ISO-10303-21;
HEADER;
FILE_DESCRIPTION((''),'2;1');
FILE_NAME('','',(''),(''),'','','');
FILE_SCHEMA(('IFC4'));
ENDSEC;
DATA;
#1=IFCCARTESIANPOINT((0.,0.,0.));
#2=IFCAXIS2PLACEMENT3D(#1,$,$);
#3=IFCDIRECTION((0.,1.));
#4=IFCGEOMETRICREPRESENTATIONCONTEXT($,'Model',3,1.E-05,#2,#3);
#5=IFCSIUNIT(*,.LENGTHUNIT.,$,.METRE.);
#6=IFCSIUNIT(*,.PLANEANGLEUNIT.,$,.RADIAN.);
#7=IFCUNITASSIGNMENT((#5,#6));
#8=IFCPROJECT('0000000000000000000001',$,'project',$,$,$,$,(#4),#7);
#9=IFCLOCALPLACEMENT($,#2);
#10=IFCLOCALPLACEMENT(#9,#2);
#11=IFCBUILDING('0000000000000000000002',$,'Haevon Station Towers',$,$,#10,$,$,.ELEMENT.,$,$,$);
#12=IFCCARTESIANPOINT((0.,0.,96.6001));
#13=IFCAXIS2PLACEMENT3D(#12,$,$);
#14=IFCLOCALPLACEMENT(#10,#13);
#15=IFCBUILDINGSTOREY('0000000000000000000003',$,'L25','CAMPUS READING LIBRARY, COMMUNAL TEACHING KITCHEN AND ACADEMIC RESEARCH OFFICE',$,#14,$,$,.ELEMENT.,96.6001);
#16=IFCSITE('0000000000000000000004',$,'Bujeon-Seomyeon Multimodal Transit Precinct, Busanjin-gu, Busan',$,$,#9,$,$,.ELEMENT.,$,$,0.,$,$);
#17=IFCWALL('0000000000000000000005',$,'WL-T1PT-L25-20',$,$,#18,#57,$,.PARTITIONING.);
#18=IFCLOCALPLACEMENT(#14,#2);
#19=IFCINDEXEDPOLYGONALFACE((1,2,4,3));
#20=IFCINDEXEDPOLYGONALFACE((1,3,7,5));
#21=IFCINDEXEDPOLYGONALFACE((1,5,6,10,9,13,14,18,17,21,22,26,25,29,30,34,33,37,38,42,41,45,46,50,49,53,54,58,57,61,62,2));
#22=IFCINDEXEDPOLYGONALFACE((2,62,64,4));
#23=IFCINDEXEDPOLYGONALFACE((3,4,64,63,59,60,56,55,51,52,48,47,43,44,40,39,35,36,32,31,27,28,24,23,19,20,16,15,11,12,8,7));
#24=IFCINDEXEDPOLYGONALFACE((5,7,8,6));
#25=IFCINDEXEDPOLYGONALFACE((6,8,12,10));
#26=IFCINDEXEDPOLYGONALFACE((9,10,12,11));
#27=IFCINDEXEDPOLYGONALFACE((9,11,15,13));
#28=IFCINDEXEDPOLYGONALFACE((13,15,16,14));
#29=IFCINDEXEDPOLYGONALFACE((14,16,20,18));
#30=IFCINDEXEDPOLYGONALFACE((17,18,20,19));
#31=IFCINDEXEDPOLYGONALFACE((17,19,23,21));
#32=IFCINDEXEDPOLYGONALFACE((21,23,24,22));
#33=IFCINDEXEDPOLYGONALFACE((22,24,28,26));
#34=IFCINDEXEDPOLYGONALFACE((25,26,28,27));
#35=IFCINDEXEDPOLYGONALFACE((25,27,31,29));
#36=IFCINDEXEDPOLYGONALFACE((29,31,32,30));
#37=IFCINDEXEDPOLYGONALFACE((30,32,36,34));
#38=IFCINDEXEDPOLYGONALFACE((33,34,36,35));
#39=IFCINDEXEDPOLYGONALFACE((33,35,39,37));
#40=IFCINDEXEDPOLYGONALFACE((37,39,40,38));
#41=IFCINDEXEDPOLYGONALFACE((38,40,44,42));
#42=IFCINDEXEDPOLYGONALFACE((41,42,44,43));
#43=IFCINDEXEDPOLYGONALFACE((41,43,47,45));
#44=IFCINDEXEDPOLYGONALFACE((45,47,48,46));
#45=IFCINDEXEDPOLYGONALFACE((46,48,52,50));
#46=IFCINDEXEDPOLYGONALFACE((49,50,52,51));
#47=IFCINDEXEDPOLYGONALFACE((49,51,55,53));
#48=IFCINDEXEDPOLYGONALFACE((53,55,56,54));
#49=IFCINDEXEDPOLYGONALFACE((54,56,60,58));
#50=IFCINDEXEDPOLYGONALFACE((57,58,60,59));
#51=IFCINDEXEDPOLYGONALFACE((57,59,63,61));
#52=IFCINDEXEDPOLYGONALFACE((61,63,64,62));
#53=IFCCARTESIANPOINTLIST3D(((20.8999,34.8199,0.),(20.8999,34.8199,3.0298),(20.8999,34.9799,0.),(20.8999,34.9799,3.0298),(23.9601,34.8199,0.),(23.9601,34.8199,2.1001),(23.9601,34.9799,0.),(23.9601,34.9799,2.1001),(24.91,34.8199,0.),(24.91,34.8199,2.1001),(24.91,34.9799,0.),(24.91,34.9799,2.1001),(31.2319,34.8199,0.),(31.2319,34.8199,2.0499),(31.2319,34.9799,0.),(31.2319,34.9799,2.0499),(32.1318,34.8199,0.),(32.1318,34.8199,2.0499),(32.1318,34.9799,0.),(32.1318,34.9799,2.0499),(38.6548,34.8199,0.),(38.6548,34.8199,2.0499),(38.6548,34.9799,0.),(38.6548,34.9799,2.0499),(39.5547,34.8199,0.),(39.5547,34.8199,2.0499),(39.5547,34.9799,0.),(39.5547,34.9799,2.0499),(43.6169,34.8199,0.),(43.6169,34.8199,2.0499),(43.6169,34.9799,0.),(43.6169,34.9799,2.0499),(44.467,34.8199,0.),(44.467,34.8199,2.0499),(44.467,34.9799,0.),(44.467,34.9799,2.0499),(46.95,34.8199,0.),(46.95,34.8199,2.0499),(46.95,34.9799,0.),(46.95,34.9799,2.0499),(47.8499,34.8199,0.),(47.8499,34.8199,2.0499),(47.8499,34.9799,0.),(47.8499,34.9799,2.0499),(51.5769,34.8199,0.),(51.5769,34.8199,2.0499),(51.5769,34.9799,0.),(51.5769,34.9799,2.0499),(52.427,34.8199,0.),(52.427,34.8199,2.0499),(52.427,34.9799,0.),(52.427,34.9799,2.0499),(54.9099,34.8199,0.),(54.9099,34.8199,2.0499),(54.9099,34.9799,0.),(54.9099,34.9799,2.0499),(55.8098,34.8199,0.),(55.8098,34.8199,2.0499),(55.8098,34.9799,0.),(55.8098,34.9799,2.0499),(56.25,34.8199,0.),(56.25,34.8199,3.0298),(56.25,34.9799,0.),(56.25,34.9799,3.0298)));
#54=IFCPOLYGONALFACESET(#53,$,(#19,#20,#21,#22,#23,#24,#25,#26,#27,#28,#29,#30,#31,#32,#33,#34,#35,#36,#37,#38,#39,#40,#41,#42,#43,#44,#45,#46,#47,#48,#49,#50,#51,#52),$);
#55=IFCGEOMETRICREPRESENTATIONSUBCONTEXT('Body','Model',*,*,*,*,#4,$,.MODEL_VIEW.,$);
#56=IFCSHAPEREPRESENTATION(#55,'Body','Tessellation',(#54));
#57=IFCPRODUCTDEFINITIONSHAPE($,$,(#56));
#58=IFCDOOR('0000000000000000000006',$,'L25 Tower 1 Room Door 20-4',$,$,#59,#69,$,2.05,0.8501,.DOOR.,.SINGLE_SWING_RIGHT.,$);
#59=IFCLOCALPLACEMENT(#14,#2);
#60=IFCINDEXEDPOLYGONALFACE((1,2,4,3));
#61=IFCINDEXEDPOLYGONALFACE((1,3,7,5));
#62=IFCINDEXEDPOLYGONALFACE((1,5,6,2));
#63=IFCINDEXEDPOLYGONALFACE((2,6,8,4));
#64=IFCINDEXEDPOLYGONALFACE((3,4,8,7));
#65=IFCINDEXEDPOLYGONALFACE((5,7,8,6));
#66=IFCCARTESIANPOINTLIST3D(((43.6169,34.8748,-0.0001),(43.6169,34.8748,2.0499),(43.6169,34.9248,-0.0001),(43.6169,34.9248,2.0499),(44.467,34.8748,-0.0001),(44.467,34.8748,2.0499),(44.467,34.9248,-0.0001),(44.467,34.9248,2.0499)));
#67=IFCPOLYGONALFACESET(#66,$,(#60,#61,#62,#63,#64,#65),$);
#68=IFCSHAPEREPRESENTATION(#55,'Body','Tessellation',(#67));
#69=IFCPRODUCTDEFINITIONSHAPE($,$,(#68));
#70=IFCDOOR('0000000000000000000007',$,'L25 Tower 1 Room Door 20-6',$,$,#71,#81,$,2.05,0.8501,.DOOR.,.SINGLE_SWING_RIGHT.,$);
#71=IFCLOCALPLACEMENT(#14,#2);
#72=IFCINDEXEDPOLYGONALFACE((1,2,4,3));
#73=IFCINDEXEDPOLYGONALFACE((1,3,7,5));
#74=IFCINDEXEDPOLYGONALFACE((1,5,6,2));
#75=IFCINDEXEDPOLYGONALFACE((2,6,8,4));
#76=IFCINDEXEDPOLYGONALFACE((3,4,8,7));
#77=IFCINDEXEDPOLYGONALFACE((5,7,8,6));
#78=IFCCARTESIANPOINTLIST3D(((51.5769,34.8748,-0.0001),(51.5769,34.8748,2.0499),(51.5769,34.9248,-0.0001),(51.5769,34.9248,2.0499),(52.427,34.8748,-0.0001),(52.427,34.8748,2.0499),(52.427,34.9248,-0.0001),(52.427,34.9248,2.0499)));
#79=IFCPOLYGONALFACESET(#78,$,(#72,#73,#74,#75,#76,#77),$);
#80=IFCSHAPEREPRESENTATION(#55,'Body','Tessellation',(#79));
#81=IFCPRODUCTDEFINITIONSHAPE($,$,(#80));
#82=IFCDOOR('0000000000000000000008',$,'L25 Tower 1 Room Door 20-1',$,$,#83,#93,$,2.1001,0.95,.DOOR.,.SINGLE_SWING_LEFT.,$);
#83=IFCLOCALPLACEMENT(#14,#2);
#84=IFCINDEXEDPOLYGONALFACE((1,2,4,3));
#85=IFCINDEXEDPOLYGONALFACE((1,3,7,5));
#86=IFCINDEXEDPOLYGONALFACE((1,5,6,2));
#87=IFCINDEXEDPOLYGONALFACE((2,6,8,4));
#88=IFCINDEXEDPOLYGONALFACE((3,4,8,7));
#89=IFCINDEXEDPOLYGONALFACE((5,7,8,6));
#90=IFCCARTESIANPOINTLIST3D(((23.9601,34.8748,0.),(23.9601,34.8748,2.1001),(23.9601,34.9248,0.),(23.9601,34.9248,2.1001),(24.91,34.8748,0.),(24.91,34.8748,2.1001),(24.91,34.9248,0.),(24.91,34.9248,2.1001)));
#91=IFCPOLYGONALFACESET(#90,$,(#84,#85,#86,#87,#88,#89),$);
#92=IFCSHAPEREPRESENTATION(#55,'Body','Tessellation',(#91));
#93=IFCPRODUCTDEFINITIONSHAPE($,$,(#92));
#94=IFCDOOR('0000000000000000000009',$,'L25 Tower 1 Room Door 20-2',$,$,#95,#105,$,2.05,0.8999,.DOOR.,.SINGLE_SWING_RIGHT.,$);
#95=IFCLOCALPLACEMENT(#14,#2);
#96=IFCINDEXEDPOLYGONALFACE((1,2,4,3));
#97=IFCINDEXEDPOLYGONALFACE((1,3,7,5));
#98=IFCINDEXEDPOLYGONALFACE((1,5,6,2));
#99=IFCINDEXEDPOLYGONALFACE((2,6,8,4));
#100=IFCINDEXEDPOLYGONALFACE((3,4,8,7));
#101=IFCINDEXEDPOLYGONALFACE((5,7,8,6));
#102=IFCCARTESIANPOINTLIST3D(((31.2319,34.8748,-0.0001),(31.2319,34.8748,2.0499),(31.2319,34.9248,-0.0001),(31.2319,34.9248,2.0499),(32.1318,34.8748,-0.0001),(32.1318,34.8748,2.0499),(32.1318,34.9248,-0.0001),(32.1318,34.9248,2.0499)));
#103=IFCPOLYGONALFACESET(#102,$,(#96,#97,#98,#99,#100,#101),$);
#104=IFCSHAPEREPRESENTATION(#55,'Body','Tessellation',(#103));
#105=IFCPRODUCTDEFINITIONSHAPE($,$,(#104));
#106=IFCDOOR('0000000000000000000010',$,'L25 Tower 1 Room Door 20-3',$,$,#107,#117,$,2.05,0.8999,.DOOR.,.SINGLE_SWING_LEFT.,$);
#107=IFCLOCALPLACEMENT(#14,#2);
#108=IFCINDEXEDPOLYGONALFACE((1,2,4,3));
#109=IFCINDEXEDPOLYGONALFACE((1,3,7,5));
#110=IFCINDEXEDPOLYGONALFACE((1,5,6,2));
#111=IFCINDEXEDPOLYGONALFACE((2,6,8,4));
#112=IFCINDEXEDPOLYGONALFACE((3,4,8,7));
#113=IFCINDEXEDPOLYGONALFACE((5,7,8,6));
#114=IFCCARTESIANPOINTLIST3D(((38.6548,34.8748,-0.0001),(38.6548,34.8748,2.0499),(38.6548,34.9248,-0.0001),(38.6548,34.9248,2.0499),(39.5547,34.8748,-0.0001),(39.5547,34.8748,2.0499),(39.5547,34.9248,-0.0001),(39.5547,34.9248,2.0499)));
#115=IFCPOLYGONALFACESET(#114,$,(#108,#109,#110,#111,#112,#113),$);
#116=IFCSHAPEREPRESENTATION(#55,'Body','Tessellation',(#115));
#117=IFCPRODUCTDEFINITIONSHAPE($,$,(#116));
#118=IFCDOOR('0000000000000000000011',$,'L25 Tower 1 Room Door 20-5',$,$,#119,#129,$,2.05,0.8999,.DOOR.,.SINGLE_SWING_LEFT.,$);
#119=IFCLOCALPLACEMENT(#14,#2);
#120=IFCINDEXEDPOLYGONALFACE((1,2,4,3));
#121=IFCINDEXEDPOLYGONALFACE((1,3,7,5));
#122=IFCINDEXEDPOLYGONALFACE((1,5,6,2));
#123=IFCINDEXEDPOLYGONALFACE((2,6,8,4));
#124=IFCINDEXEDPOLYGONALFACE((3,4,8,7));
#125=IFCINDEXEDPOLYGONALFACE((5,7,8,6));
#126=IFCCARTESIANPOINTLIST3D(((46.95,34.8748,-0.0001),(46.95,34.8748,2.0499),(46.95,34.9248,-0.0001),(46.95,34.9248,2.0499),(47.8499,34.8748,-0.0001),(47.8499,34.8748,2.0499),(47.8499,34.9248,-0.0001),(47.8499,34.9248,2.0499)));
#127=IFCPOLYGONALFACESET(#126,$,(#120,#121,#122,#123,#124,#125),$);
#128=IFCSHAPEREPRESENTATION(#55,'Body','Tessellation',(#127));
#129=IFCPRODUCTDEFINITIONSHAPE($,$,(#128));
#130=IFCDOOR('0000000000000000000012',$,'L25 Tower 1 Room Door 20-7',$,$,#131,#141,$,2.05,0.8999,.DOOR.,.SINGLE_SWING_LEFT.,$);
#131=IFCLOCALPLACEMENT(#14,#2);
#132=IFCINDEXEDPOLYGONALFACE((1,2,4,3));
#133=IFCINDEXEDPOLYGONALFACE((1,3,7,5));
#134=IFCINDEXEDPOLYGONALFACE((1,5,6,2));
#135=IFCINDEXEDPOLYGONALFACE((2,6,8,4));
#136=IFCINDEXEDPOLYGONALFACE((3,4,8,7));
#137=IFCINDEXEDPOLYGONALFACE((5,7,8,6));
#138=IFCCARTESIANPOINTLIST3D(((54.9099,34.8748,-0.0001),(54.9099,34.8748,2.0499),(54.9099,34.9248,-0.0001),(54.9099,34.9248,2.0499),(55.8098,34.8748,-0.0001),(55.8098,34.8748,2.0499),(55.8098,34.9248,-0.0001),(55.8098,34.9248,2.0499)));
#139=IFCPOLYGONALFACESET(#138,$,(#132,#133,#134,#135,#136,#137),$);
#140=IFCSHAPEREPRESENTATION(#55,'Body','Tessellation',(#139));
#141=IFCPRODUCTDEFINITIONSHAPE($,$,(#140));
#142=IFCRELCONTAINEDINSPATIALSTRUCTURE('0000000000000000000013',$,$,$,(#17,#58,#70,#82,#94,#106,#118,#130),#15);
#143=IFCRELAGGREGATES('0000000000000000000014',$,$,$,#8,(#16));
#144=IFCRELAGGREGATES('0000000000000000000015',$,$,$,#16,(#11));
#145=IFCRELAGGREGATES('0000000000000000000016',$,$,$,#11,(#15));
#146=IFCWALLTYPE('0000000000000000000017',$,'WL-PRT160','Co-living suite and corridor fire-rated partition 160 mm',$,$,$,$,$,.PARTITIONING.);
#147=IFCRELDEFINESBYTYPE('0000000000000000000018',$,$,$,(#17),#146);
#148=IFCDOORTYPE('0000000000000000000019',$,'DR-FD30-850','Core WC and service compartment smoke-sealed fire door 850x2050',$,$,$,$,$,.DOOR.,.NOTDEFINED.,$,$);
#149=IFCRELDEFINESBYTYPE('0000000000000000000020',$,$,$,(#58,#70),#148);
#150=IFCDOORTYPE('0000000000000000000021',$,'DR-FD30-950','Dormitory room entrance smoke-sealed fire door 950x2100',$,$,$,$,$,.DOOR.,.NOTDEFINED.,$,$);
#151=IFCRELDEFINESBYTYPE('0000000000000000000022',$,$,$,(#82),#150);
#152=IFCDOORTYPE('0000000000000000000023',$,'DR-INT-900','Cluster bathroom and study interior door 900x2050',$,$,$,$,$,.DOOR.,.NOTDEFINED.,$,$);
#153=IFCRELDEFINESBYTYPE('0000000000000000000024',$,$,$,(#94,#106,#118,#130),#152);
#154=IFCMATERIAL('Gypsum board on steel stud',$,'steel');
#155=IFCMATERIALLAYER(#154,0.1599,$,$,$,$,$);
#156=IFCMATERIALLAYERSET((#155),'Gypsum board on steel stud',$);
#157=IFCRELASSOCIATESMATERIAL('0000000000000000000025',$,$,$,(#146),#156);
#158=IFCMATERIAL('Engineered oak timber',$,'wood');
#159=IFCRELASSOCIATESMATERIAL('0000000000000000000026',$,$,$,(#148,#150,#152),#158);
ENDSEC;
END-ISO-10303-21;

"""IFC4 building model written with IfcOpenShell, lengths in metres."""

from ifc_helpers import new_model, si_unit, direction, frame, frame_2d, origin, place, context, subcontext, project, spatial, rectangle, extrude, material, layer, layer_set, type_object, element, fill, save


model = new_model("IFC4")

# Units and contexts
model_context = context("Model", 3, precision=1e-05, world=origin(), true_north=direction((0.0, 1.0)))
body_context = subcontext(model_context, "Body", "Model", "MODEL_VIEW")
ifc_project = project(units=[si_unit("LENGTHUNIT", "METRE"), si_unit("PLANEANGLEUNIT", "RADIAN")], contexts=[model_context])

# Site, building, storey
site_placement = place(None, origin())
site = spatial("IfcSite", under=ifc_project, at=site_placement, Name="Bujeon-Seomyeon Multimodal Transit Precinct, Busanjin-gu, Busan", CompositionType="ELEMENT", RefElevation=0.0)
building_placement = place(site_placement, origin())
building = spatial("IfcBuilding", under=site, at=building_placement, Name="Haevon Station Towers", CompositionType="ELEMENT")
storey_placement = place(building_placement, frame((0.0, 0.0, 96.6001)))
storey = spatial("IfcBuildingStorey", under=building, at=storey_placement, Name="L25", Description="CAMPUS READING LIBRARY, COMMUNAL TEACHING KITCHEN AND ACADEMIC RESEARCH OFFICE", CompositionType="ELEMENT", Elevation=96.6001)

# Shared definitions
ifc_material_1 = material(Name="Gypsum board on steel stud", Category="steel")
ifc_material_2 = material(Name="Engineered oak timber", Category="wood")

# Shared definitions
ifc_layer_1 = layer(ifc_material_1, 0.1599)
ifc_layer_set_1 = layer_set([ifc_layer_1], Name="Gypsum board on steel stud")
wall_type_1 = type_object("IfcWallType", Name="WL-PRT160", Description="Co-living suite and corridor fire-rated partition 160 mm", PredefinedType="PARTITIONING", material=ifc_layer_set_1)

# Wall, openings, doors
wall_1_placement = place(storey_placement, frame((20.8999, 34.8999, 0.0), z_axis=(0.0, 0.0, 1.0), x_axis=(1.0, 0.0, 0.0)))
wall_1 = element("IfcWall", 1, at=wall_1_placement, inside=storey, type_object=wall_type_1, Name="WL-T1PT-L25-20", PredefinedType="PARTITIONING", context=body_context, shape_type="SweptSolid", body=[
    extrude(rectangle(XDim=35.3501, YDim=0.1599, at=frame_2d((17.675, 0.0))), origin(), (0.0, 0.0, 1.0), 3.0298),
])
opening_1_placement = place(wall_1_placement, frame((3.0601, 0.0, 0.0)))
opening_1 = element("IfcOpeningElement", 2, at=opening_1_placement, cuts=wall_1, PredefinedType="OPENING", context=body_context, shape_type="SweptSolid", body=[
    extrude(rectangle(XDim=0.95, YDim=2.1001, at=frame_2d((0.4751, 1.05))), frame((0.0, 0.0898, 0.0), z_axis=(0.0, -1.0, 0.0), x_axis=(1.0, 0.0, 0.0)), (0.0, 0.0, 1.0), 0.1799),
])
opening_2_placement = place(wall_1_placement, frame((10.332, 0.0, 0.0)))
opening_2 = element("IfcOpeningElement", 3, at=opening_2_placement, cuts=wall_1, PredefinedType="OPENING", context=body_context, shape_type="SweptSolid", body=[
    extrude(rectangle(XDim=0.8999, YDim=2.05, at=frame_2d((0.45, 1.0249))), frame((0.0, 0.0898, 0.0), z_axis=(0.0, -1.0, 0.0), x_axis=(1.0, 0.0, 0.0)), (0.0, 0.0, 1.0), 0.1799),
])
opening_3_placement = place(wall_1_placement, frame((17.7549, 0.0, 0.0)))
opening_3 = element("IfcOpeningElement", 4, at=opening_3_placement, cuts=wall_1, PredefinedType="OPENING", context=body_context, shape_type="SweptSolid", body=[
    extrude(rectangle(XDim=0.8999, YDim=2.05, at=frame_2d((0.45, 1.0249))), frame((0.0, 0.0898, 0.0), z_axis=(0.0, -1.0, 0.0), x_axis=(1.0, 0.0, 0.0)), (0.0, 0.0, 1.0), 0.1799),
])
opening_4_placement = place(wall_1_placement, frame((22.717, 0.0, 0.0)))
opening_4 = element("IfcOpeningElement", 5, at=opening_4_placement, cuts=wall_1, PredefinedType="OPENING", context=body_context, shape_type="SweptSolid", body=[
    extrude(rectangle(XDim=0.8501, YDim=2.05, at=frame_2d((0.425, 1.0249))), frame((0.0, 0.0898, 0.0), z_axis=(0.0, -1.0, 0.0), x_axis=(1.0, 0.0, 0.0)), (0.0, 0.0, 1.0), 0.1799),
])
opening_5_placement = place(wall_1_placement, frame((26.05, 0.0, 0.0)))
opening_5 = element("IfcOpeningElement", 6, at=opening_5_placement, cuts=wall_1, PredefinedType="OPENING", context=body_context, shape_type="SweptSolid", body=[
    extrude(rectangle(XDim=0.8999, YDim=2.05, at=frame_2d((0.45, 1.0249))), frame((0.0, 0.0898, 0.0), z_axis=(0.0, -1.0, 0.0), x_axis=(1.0, 0.0, 0.0)), (0.0, 0.0, 1.0), 0.1799),
])
opening_6_placement = place(wall_1_placement, frame((30.677, 0.0, 0.0)))
opening_6 = element("IfcOpeningElement", 7, at=opening_6_placement, cuts=wall_1, PredefinedType="OPENING", context=body_context, shape_type="SweptSolid", body=[
    extrude(rectangle(XDim=0.8501, YDim=2.05, at=frame_2d((0.425, 1.0249))), frame((0.0, 0.0898, 0.0), z_axis=(0.0, -1.0, 0.0), x_axis=(1.0, 0.0, 0.0)), (0.0, 0.0, 1.0), 0.1799),
])
opening_7_placement = place(wall_1_placement, frame((34.01, 0.0, 0.0)))
opening_7 = element("IfcOpeningElement", 8, at=opening_7_placement, cuts=wall_1, PredefinedType="OPENING", context=body_context, shape_type="SweptSolid", body=[
    extrude(rectangle(XDim=0.8999, YDim=2.05, at=frame_2d((0.45, 1.0249))), frame((0.0, 0.0898, 0.0), z_axis=(0.0, -1.0, 0.0), x_axis=(1.0, 0.0, 0.0)), (0.0, 0.0, 1.0), 0.1799),
])
door_type_1 = type_object("IfcDoorType", Name="DR-FD30-850", Description="Core WC and service compartment smoke-sealed fire door 850x2050", OperationType="NOTDEFINED", PredefinedType="DOOR", material=ifc_material_2)
door_1_placement = place(opening_4_placement, origin())
door_1 = element("IfcDoor", 9, at=door_1_placement, inside=storey, type_object=door_type_1, Name="L25 Tower 1 Room Door 20-4", OperationType="SINGLE_SWING_RIGHT", OverallHeight=2.05, OverallWidth=0.8501, PredefinedType="DOOR", context=body_context, shape_type="SweptSolid", body=[
    extrude(rectangle(XDim=0.8501, YDim=2.05, at=frame_2d((0.425, 1.0249))), frame((0.0, 0.0249, 0.0), z_axis=(0.0, -1.0, 0.0), x_axis=(1.0, 0.0, 0.0)), (0.0, 0.0, 1.0), 0.05),
])
fill(opening_4, door_1)
door_2_placement = place(opening_6_placement, origin())
door_2 = element("IfcDoor", 10, at=door_2_placement, inside=storey, type_object=door_type_1, Name="L25 Tower 1 Room Door 20-6", OperationType="SINGLE_SWING_RIGHT", OverallHeight=2.05, OverallWidth=0.8501, PredefinedType="DOOR", context=body_context, shape_type="SweptSolid", body=[
    extrude(rectangle(XDim=0.8501, YDim=2.05, at=frame_2d((0.425, 1.0249))), frame((0.0, 0.0249, 0.0), z_axis=(0.0, -1.0, 0.0), x_axis=(1.0, 0.0, 0.0)), (0.0, 0.0, 1.0), 0.05),
])
fill(opening_6, door_2)
door_type_2 = type_object("IfcDoorType", Name="DR-FD30-950", Description="Dormitory room entrance smoke-sealed fire door 950x2100", OperationType="NOTDEFINED", PredefinedType="DOOR", material=ifc_material_2)
door_3_placement = place(opening_1_placement, origin())
door_3 = element("IfcDoor", 11, at=door_3_placement, inside=storey, type_object=door_type_2, Name="L25 Tower 1 Room Door 20-1", OperationType="SINGLE_SWING_LEFT", OverallHeight=2.1001, OverallWidth=0.95, PredefinedType="DOOR", context=body_context, shape_type="SweptSolid", body=[
    extrude(rectangle(XDim=0.95, YDim=2.1001, at=frame_2d((0.4751, 1.05))), frame((0.0, 0.0249, 0.0), z_axis=(0.0, -1.0, 0.0), x_axis=(1.0, 0.0, 0.0)), (0.0, 0.0, 1.0), 0.05),
])
fill(opening_1, door_3)
door_type_3 = type_object("IfcDoorType", Name="DR-INT-900", Description="Cluster bathroom and study interior door 900x2050", OperationType="NOTDEFINED", PredefinedType="DOOR", material=ifc_material_2)
door_4_placement = place(opening_2_placement, origin())
door_4 = element("IfcDoor", 12, at=door_4_placement, inside=storey, type_object=door_type_3, Name="L25 Tower 1 Room Door 20-2", OperationType="SINGLE_SWING_RIGHT", OverallHeight=2.05, OverallWidth=0.8999, PredefinedType="DOOR", context=body_context, shape_type="SweptSolid", body=[
    extrude(rectangle(XDim=0.8999, YDim=2.05, at=frame_2d((0.45, 1.0249))), frame((0.0, 0.0249, 0.0), z_axis=(0.0, -1.0, 0.0), x_axis=(1.0, 0.0, 0.0)), (0.0, 0.0, 1.0), 0.05),
])
fill(opening_2, door_4)
door_5_placement = place(opening_3_placement, origin())
door_5 = element("IfcDoor", 13, at=door_5_placement, inside=storey, type_object=door_type_3, Name="L25 Tower 1 Room Door 20-3", OperationType="SINGLE_SWING_LEFT", OverallHeight=2.05, OverallWidth=0.8999, PredefinedType="DOOR", context=body_context, shape_type="SweptSolid", body=[
    extrude(rectangle(XDim=0.8999, YDim=2.05, at=frame_2d((0.45, 1.0249))), frame((0.0, 0.0249, 0.0), z_axis=(0.0, -1.0, 0.0), x_axis=(1.0, 0.0, 0.0)), (0.0, 0.0, 1.0), 0.05),
])
fill(opening_3, door_5)
door_6_placement = place(opening_5_placement, origin())
door_6 = element("IfcDoor", 14, at=door_6_placement, inside=storey, type_object=door_type_3, Name="L25 Tower 1 Room Door 20-5", OperationType="SINGLE_SWING_LEFT", OverallHeight=2.05, OverallWidth=0.8999, PredefinedType="DOOR", context=body_context, shape_type="SweptSolid", body=[
    extrude(rectangle(XDim=0.8999, YDim=2.05, at=frame_2d((0.45, 1.0249))), frame((0.0, 0.0249, 0.0), z_axis=(0.0, -1.0, 0.0), x_axis=(1.0, 0.0, 0.0)), (0.0, 0.0, 1.0), 0.05),
])
fill(opening_5, door_6)
door_7_placement = place(opening_7_placement, origin())
door_7 = element("IfcDoor", 15, at=door_7_placement, inside=storey, type_object=door_type_3, Name="L25 Tower 1 Room Door 20-7", OperationType="SINGLE_SWING_LEFT", OverallHeight=2.05, OverallWidth=0.8999, PredefinedType="DOOR", context=body_context, shape_type="SweptSolid", body=[
    extrude(rectangle(XDim=0.8999, YDim=2.05, at=frame_2d((0.45, 1.0249))), frame((0.0, 0.0249, 0.0), z_axis=(0.0, -1.0, 0.0), x_axis=(1.0, 0.0, 0.0)), (0.0, 0.0, 1.0), 0.05),
])
fill(opening_7, door_7)

save(model, "model.ifc")
